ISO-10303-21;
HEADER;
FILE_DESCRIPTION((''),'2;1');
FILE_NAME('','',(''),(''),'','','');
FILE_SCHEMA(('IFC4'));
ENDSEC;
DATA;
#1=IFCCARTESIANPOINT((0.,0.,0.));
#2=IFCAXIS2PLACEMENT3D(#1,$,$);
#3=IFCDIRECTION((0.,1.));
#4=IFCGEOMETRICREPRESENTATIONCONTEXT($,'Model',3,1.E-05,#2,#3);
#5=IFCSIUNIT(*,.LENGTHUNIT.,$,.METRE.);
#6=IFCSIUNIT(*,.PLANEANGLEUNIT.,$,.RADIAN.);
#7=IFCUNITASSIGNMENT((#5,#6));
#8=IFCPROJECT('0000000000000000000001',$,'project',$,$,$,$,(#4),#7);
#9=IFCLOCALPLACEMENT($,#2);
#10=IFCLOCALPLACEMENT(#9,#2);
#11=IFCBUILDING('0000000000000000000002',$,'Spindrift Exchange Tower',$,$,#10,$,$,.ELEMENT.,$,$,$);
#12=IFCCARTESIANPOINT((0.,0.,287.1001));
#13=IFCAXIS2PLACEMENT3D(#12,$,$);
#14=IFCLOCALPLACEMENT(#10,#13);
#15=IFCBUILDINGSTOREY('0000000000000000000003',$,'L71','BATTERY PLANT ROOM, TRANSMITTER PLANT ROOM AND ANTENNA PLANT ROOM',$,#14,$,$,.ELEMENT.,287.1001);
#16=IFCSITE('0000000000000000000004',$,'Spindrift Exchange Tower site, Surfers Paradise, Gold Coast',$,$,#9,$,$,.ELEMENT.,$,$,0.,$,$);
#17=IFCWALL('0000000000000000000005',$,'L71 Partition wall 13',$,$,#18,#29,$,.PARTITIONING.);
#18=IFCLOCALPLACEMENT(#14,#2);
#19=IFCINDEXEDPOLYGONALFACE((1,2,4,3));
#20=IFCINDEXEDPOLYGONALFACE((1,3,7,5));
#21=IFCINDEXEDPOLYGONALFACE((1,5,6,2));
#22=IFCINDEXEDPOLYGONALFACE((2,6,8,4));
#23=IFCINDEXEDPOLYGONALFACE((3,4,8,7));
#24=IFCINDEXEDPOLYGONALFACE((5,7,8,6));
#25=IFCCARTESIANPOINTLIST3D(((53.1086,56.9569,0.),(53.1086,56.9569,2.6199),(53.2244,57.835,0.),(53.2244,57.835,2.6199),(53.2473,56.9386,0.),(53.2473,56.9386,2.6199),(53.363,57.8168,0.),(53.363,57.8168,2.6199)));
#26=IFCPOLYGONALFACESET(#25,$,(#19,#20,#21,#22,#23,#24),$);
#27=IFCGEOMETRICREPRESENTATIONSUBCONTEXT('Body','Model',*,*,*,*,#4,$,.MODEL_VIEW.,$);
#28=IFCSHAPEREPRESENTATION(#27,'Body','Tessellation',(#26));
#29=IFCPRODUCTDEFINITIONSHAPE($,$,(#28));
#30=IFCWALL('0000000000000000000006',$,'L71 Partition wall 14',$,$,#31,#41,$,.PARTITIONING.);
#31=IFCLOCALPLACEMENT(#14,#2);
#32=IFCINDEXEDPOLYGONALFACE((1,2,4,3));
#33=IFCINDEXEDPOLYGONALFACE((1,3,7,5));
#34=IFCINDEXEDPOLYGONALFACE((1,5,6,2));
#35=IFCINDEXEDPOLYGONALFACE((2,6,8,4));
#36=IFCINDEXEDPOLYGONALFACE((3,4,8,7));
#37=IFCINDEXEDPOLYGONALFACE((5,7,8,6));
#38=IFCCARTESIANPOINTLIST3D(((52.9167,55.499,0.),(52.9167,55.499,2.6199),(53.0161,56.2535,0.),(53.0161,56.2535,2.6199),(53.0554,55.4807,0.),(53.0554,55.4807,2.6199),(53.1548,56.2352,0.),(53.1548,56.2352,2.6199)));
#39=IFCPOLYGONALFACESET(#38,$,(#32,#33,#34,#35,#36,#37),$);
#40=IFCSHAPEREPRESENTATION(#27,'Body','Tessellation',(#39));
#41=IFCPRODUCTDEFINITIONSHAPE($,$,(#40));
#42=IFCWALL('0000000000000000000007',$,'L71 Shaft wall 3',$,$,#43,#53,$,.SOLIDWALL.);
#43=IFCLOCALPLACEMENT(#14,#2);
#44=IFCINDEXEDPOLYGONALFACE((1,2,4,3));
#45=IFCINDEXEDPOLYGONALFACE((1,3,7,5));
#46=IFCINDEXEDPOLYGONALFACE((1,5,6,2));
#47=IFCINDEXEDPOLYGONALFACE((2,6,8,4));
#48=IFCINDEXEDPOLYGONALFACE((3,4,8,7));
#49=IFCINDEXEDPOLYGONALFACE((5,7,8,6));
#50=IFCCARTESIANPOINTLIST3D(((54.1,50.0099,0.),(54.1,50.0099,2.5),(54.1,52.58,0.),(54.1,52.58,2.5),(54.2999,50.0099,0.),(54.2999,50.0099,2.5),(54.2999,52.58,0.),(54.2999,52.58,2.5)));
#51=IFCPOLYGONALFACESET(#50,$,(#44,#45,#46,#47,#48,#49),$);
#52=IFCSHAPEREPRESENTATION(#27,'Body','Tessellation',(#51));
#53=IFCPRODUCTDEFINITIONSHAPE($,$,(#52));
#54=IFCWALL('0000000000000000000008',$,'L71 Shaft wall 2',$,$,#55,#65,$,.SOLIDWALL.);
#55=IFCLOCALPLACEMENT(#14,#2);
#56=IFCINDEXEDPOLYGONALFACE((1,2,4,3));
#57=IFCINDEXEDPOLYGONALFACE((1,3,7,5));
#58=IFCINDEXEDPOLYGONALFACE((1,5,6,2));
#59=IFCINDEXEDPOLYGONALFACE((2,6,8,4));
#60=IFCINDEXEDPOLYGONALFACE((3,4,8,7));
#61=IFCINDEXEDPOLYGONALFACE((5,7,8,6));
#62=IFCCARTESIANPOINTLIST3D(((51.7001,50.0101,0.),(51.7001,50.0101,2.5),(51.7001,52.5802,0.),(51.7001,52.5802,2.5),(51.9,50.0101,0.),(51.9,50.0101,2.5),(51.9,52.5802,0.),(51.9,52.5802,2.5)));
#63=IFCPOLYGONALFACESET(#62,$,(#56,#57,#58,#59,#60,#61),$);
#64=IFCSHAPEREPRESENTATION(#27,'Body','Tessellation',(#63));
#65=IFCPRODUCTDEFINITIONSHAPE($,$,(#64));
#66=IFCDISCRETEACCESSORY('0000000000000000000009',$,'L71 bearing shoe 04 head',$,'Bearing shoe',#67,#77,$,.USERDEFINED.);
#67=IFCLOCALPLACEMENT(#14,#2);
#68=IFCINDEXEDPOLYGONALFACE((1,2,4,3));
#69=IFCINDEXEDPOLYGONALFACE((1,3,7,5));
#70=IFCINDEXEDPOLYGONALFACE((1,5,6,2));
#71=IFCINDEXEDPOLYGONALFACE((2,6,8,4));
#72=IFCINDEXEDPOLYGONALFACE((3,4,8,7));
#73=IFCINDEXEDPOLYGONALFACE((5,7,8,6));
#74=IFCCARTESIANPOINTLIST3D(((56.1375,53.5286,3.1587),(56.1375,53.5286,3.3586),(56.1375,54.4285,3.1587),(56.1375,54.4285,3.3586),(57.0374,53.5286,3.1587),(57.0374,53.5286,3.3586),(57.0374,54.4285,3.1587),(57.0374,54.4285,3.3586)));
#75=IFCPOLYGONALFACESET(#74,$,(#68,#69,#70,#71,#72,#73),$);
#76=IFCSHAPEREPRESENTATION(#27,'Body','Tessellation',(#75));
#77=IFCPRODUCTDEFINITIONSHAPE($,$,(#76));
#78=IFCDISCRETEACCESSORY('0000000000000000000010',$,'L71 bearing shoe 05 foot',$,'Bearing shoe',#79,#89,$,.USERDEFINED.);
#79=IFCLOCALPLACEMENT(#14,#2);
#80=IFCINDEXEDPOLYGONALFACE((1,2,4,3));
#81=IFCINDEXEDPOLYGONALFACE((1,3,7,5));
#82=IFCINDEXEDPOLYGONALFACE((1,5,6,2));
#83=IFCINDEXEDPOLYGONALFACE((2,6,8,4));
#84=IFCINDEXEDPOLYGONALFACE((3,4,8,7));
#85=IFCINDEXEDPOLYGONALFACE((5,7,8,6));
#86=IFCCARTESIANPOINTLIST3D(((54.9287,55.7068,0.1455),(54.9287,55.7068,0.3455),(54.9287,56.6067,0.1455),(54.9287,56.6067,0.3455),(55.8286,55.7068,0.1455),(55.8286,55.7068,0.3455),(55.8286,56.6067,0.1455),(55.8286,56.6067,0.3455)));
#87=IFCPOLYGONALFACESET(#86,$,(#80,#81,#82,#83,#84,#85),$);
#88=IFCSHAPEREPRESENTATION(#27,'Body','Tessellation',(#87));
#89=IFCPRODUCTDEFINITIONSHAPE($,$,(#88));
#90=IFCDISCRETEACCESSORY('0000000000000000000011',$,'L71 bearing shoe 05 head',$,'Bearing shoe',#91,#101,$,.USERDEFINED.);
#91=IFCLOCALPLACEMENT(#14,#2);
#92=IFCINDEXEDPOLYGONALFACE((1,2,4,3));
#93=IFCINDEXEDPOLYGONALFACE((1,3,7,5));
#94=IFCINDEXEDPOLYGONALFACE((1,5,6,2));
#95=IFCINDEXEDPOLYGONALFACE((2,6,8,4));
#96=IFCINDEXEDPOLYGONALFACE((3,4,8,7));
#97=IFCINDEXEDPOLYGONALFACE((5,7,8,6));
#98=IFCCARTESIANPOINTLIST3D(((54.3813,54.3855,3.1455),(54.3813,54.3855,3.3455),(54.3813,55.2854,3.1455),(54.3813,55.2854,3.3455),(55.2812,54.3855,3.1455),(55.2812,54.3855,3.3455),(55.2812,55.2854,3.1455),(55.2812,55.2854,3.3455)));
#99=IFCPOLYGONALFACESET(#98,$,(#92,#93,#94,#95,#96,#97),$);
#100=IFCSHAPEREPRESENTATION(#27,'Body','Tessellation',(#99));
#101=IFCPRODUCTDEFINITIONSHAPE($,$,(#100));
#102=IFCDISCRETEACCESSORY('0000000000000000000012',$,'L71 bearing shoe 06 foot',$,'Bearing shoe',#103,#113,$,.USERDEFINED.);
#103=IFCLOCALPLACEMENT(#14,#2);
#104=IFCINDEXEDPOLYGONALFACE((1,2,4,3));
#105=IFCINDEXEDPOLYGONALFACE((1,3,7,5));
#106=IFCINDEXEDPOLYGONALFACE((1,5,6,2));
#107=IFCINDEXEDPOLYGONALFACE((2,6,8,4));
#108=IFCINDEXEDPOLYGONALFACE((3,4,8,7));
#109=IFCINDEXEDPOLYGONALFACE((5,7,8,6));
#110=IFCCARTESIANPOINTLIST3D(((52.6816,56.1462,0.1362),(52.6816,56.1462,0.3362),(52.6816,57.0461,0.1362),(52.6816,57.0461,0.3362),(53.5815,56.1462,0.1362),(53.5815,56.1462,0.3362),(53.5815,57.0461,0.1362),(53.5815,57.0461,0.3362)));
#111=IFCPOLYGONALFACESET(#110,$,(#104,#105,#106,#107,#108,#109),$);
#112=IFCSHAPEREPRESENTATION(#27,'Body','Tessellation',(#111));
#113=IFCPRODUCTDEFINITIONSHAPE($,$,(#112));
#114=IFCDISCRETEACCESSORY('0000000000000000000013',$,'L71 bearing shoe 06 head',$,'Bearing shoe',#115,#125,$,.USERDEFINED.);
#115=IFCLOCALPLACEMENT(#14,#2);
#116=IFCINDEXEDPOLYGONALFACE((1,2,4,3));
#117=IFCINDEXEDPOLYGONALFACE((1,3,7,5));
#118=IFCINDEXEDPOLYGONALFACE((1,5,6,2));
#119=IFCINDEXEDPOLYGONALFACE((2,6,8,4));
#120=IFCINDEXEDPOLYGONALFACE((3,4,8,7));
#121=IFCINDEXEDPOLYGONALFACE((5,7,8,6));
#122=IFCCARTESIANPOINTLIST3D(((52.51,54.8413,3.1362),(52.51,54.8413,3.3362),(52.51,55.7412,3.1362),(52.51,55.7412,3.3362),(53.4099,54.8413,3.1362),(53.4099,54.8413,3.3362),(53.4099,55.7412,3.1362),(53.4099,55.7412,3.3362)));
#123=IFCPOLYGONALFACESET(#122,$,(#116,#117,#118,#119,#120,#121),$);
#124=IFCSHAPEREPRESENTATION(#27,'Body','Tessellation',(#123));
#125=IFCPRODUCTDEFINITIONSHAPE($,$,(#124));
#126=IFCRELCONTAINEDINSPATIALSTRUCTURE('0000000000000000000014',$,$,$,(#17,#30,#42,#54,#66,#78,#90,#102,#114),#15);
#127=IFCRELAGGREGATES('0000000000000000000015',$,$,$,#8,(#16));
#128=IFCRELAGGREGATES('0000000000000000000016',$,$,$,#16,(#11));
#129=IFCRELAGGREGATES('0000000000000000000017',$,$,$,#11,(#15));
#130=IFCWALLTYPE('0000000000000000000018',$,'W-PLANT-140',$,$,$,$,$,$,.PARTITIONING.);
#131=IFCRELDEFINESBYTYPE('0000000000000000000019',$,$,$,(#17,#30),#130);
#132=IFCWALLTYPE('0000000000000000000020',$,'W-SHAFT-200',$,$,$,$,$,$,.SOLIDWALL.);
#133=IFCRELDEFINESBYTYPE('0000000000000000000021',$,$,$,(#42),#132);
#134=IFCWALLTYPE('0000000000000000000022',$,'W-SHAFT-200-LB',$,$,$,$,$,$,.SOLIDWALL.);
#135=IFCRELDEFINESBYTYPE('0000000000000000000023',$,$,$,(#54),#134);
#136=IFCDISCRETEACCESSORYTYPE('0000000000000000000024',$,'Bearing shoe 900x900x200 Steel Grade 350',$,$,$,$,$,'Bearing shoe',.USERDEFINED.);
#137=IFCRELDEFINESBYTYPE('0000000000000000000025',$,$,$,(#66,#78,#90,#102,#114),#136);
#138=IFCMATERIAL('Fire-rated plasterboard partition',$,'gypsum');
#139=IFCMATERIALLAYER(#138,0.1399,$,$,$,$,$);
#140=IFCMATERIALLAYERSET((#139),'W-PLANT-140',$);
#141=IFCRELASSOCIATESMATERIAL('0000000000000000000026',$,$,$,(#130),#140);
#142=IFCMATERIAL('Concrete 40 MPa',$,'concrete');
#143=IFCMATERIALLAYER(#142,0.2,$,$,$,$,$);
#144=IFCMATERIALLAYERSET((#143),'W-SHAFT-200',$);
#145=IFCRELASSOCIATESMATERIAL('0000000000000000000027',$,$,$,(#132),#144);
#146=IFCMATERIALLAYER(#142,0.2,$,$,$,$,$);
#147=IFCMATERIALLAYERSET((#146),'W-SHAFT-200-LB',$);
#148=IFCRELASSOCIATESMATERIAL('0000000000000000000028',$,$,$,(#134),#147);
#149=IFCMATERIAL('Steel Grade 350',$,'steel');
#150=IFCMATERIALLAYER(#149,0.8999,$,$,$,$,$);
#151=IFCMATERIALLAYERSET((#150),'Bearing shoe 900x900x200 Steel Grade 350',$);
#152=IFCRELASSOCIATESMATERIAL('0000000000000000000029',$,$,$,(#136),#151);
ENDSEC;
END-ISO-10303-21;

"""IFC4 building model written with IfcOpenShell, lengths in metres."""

from ifc_helpers import new_model, si_unit, direction, frame, frame_2d, origin, origin_2d, place, context, subcontext, project, spatial, rectangle, extrude, source, transform, mapped, material, layer, layer_set, type_object, element, save


model = new_model("IFC4")

# Units and contexts
model_context = context("Model", 3, precision=1e-05, world=origin(), true_north=direction((0.0, 1.0)))
body_context = subcontext(model_context, "Body", "Model", "MODEL_VIEW")
ifc_project = project(units=[si_unit("LENGTHUNIT", "METRE"), si_unit("PLANEANGLEUNIT", "RADIAN")], contexts=[model_context])

# Site, building, storey
site_placement = place(None, origin())
site = spatial("IfcSite", under=ifc_project, at=site_placement, Name="Spindrift Exchange Tower site, Surfers Paradise, Gold Coast", CompositionType="ELEMENT", RefElevation=0.0)
building_placement = place(site_placement, origin())
building = spatial("IfcBuilding", under=site, at=building_placement, Name="Spindrift Exchange Tower", CompositionType="ELEMENT")
storey_placement = place(building_placement, frame((0.0, 0.0, 287.1001)))
storey = spatial("IfcBuildingStorey", under=building, at=storey_placement, Name="L71", Description="BATTERY PLANT ROOM, TRANSMITTER PLANT ROOM AND ANTENNA PLANT ROOM", CompositionType="ELEMENT", Elevation=287.1001)

# Shared definitions
ifc_material_1 = material(Name="Concrete 40 MPa", Category="concrete")

# Walls
ifc_material_2 = material(Name="Fire-rated plasterboard partition", Category="gypsum")
ifc_layer_1 = layer(ifc_material_2, 0.1399)
ifc_layer_set_1 = layer_set([ifc_layer_1], Name="W-PLANT-140")
wall_type_1 = type_object("IfcWallType", Name="W-PLANT-140", PredefinedType="PARTITIONING", material=ifc_layer_set_1)
wall_1_placement = place(storey_placement, frame((53.178, 56.9478, 0.0), z_axis=(0.0, 0.0, 1.0), x_axis=(0.130647, 0.991429, 0.0)))
element("IfcWall", 1, at=wall_1_placement, inside=storey, type_object=wall_type_1, Name="L71 Partition wall 13", PredefinedType="PARTITIONING", context=body_context, shape_type="SweptSolid", body=[
    extrude(rectangle(XDim=0.8857, YDim=0.1399, at=frame_2d((0.4429, 0.0))), origin(), (0.0, 0.0, 1.0), 2.6199),
])
wall_2_placement = place(storey_placement, frame((52.9861, 55.49, 0.0), z_axis=(0.0, 0.0, 1.0), x_axis=(0.130587, 0.991437, 0.0)))
element("IfcWall", 2, at=wall_2_placement, inside=storey, type_object=wall_type_1, Name="L71 Partition wall 14", PredefinedType="PARTITIONING", context=body_context, shape_type="SweptSolid", body=[
    extrude(rectangle(XDim=0.761, YDim=0.1399, at=frame_2d((0.3804, 0.0))), origin(), (0.0, 0.0, 1.0), 2.6199),
])
ifc_layer_2 = layer(ifc_material_1, 0.2)
ifc_layer_set_2 = layer_set([ifc_layer_2], Name="W-SHAFT-200")
wall_type_2 = type_object("IfcWallType", Name="W-SHAFT-200", PredefinedType="SOLIDWALL", material=ifc_layer_set_2)
wall_3_placement = place(storey_placement, frame((54.2, 52.5801, 0.0), z_axis=(0.0, 0.0, 1.0), x_axis=(0.0, -1.0, 0.0)))
element("IfcWall", 3, at=wall_3_placement, inside=storey, type_object=wall_type_2, Name="L71 Shaft wall 3", PredefinedType="SOLIDWALL", context=body_context, shape_type="SweptSolid", body=[
    extrude(rectangle(XDim=2.5701, YDim=0.2, at=frame_2d((1.2852, 0.0))), origin(), (0.0, 0.0, 1.0), 2.5),
])
ifc_layer_3 = layer(ifc_material_1, 0.2)
ifc_layer_set_3 = layer_set([ifc_layer_3], Name="W-SHAFT-200-LB")
wall_type_3 = type_object("IfcWallType", Name="W-SHAFT-200-LB", PredefinedType="SOLIDWALL", material=ifc_layer_set_3)
wall_4_placement = place(storey_placement, frame((51.8, 50.01, 0.0), z_axis=(0.0, 0.0, 1.0), x_axis=(0.0, 1.0, 0.0)))
element("IfcWall", 4, at=wall_4_placement, inside=storey, type_object=wall_type_3, Name="L71 Shaft wall 2", PredefinedType="SOLIDWALL", context=body_context, shape_type="SweptSolid", body=[
    extrude(rectangle(XDim=2.5701, YDim=0.2, at=frame_2d((1.2852, 0.0))), origin(), (0.0, 0.0, 1.0), 2.5),
])

# Discrete accessories
ifc_material_3 = material(Name="Steel Grade 350", Category="steel")
ifc_layer_4 = layer(ifc_material_3, 0.8999)
ifc_layer_set_4 = layer_set([ifc_layer_4], Name="Bearing shoe 900x900x200 Steel Grade 350")
discrete_accessory_type = type_object("IfcDiscreteAccessoryType", Name="Bearing shoe 900x900x200 Steel Grade 350", ElementType="Bearing shoe", PredefinedType="USERDEFINED", material=ifc_layer_set_4)
shared_shape_1 = source(origin(), body_context, "Body", "SweptSolid", [
    extrude(rectangle(XDim=0.8999, YDim=0.8999, at=origin_2d()), origin(), (0.0, 0.0, 1.0), 0.2),
])
for number, where, z_axis, x_axis, name in (
    (5, (56.5874, 53.9785, 3.1587), (0.0, 0.0, 1.0), (1.0, 0.0, 0.0), "L71 bearing shoe 04 head"),
    (6, (55.3787, 56.1567, 0.1455), (0.0, 0.0, 1.0), (1.0, 0.0, 0.0), "L71 bearing shoe 05 foot"),
    (7, (54.8313, 54.8354, 3.1455), (0.0, 0.0, 1.0), (1.0, 0.0, 0.0), "L71 bearing shoe 05 head"),
    (8, (53.1316, 56.5962, 0.1362), (0.0, 0.0, 1.0), (1.0, 0.0, 0.0), "L71 bearing shoe 06 foot"),
    (9, (52.96, 55.2913, 3.1362), (0.0, 0.0, 1.0), (1.0, 0.0, 0.0), "L71 bearing shoe 06 head"),
):
    element("IfcDiscreteAccessory", number, at=place(storey_placement, frame(where, z_axis=z_axis, x_axis=x_axis)), inside=storey, type_object=discrete_accessory_type, Name=name, ObjectType="Bearing shoe", PredefinedType="USERDEFINED", context=body_context, shape_type="MappedRepresentation", body=[
        mapped(shared_shape_1, transform((0.0, 0.0, 0.0), scale=1.0)),
    ])

save(model, "model.ifc")
